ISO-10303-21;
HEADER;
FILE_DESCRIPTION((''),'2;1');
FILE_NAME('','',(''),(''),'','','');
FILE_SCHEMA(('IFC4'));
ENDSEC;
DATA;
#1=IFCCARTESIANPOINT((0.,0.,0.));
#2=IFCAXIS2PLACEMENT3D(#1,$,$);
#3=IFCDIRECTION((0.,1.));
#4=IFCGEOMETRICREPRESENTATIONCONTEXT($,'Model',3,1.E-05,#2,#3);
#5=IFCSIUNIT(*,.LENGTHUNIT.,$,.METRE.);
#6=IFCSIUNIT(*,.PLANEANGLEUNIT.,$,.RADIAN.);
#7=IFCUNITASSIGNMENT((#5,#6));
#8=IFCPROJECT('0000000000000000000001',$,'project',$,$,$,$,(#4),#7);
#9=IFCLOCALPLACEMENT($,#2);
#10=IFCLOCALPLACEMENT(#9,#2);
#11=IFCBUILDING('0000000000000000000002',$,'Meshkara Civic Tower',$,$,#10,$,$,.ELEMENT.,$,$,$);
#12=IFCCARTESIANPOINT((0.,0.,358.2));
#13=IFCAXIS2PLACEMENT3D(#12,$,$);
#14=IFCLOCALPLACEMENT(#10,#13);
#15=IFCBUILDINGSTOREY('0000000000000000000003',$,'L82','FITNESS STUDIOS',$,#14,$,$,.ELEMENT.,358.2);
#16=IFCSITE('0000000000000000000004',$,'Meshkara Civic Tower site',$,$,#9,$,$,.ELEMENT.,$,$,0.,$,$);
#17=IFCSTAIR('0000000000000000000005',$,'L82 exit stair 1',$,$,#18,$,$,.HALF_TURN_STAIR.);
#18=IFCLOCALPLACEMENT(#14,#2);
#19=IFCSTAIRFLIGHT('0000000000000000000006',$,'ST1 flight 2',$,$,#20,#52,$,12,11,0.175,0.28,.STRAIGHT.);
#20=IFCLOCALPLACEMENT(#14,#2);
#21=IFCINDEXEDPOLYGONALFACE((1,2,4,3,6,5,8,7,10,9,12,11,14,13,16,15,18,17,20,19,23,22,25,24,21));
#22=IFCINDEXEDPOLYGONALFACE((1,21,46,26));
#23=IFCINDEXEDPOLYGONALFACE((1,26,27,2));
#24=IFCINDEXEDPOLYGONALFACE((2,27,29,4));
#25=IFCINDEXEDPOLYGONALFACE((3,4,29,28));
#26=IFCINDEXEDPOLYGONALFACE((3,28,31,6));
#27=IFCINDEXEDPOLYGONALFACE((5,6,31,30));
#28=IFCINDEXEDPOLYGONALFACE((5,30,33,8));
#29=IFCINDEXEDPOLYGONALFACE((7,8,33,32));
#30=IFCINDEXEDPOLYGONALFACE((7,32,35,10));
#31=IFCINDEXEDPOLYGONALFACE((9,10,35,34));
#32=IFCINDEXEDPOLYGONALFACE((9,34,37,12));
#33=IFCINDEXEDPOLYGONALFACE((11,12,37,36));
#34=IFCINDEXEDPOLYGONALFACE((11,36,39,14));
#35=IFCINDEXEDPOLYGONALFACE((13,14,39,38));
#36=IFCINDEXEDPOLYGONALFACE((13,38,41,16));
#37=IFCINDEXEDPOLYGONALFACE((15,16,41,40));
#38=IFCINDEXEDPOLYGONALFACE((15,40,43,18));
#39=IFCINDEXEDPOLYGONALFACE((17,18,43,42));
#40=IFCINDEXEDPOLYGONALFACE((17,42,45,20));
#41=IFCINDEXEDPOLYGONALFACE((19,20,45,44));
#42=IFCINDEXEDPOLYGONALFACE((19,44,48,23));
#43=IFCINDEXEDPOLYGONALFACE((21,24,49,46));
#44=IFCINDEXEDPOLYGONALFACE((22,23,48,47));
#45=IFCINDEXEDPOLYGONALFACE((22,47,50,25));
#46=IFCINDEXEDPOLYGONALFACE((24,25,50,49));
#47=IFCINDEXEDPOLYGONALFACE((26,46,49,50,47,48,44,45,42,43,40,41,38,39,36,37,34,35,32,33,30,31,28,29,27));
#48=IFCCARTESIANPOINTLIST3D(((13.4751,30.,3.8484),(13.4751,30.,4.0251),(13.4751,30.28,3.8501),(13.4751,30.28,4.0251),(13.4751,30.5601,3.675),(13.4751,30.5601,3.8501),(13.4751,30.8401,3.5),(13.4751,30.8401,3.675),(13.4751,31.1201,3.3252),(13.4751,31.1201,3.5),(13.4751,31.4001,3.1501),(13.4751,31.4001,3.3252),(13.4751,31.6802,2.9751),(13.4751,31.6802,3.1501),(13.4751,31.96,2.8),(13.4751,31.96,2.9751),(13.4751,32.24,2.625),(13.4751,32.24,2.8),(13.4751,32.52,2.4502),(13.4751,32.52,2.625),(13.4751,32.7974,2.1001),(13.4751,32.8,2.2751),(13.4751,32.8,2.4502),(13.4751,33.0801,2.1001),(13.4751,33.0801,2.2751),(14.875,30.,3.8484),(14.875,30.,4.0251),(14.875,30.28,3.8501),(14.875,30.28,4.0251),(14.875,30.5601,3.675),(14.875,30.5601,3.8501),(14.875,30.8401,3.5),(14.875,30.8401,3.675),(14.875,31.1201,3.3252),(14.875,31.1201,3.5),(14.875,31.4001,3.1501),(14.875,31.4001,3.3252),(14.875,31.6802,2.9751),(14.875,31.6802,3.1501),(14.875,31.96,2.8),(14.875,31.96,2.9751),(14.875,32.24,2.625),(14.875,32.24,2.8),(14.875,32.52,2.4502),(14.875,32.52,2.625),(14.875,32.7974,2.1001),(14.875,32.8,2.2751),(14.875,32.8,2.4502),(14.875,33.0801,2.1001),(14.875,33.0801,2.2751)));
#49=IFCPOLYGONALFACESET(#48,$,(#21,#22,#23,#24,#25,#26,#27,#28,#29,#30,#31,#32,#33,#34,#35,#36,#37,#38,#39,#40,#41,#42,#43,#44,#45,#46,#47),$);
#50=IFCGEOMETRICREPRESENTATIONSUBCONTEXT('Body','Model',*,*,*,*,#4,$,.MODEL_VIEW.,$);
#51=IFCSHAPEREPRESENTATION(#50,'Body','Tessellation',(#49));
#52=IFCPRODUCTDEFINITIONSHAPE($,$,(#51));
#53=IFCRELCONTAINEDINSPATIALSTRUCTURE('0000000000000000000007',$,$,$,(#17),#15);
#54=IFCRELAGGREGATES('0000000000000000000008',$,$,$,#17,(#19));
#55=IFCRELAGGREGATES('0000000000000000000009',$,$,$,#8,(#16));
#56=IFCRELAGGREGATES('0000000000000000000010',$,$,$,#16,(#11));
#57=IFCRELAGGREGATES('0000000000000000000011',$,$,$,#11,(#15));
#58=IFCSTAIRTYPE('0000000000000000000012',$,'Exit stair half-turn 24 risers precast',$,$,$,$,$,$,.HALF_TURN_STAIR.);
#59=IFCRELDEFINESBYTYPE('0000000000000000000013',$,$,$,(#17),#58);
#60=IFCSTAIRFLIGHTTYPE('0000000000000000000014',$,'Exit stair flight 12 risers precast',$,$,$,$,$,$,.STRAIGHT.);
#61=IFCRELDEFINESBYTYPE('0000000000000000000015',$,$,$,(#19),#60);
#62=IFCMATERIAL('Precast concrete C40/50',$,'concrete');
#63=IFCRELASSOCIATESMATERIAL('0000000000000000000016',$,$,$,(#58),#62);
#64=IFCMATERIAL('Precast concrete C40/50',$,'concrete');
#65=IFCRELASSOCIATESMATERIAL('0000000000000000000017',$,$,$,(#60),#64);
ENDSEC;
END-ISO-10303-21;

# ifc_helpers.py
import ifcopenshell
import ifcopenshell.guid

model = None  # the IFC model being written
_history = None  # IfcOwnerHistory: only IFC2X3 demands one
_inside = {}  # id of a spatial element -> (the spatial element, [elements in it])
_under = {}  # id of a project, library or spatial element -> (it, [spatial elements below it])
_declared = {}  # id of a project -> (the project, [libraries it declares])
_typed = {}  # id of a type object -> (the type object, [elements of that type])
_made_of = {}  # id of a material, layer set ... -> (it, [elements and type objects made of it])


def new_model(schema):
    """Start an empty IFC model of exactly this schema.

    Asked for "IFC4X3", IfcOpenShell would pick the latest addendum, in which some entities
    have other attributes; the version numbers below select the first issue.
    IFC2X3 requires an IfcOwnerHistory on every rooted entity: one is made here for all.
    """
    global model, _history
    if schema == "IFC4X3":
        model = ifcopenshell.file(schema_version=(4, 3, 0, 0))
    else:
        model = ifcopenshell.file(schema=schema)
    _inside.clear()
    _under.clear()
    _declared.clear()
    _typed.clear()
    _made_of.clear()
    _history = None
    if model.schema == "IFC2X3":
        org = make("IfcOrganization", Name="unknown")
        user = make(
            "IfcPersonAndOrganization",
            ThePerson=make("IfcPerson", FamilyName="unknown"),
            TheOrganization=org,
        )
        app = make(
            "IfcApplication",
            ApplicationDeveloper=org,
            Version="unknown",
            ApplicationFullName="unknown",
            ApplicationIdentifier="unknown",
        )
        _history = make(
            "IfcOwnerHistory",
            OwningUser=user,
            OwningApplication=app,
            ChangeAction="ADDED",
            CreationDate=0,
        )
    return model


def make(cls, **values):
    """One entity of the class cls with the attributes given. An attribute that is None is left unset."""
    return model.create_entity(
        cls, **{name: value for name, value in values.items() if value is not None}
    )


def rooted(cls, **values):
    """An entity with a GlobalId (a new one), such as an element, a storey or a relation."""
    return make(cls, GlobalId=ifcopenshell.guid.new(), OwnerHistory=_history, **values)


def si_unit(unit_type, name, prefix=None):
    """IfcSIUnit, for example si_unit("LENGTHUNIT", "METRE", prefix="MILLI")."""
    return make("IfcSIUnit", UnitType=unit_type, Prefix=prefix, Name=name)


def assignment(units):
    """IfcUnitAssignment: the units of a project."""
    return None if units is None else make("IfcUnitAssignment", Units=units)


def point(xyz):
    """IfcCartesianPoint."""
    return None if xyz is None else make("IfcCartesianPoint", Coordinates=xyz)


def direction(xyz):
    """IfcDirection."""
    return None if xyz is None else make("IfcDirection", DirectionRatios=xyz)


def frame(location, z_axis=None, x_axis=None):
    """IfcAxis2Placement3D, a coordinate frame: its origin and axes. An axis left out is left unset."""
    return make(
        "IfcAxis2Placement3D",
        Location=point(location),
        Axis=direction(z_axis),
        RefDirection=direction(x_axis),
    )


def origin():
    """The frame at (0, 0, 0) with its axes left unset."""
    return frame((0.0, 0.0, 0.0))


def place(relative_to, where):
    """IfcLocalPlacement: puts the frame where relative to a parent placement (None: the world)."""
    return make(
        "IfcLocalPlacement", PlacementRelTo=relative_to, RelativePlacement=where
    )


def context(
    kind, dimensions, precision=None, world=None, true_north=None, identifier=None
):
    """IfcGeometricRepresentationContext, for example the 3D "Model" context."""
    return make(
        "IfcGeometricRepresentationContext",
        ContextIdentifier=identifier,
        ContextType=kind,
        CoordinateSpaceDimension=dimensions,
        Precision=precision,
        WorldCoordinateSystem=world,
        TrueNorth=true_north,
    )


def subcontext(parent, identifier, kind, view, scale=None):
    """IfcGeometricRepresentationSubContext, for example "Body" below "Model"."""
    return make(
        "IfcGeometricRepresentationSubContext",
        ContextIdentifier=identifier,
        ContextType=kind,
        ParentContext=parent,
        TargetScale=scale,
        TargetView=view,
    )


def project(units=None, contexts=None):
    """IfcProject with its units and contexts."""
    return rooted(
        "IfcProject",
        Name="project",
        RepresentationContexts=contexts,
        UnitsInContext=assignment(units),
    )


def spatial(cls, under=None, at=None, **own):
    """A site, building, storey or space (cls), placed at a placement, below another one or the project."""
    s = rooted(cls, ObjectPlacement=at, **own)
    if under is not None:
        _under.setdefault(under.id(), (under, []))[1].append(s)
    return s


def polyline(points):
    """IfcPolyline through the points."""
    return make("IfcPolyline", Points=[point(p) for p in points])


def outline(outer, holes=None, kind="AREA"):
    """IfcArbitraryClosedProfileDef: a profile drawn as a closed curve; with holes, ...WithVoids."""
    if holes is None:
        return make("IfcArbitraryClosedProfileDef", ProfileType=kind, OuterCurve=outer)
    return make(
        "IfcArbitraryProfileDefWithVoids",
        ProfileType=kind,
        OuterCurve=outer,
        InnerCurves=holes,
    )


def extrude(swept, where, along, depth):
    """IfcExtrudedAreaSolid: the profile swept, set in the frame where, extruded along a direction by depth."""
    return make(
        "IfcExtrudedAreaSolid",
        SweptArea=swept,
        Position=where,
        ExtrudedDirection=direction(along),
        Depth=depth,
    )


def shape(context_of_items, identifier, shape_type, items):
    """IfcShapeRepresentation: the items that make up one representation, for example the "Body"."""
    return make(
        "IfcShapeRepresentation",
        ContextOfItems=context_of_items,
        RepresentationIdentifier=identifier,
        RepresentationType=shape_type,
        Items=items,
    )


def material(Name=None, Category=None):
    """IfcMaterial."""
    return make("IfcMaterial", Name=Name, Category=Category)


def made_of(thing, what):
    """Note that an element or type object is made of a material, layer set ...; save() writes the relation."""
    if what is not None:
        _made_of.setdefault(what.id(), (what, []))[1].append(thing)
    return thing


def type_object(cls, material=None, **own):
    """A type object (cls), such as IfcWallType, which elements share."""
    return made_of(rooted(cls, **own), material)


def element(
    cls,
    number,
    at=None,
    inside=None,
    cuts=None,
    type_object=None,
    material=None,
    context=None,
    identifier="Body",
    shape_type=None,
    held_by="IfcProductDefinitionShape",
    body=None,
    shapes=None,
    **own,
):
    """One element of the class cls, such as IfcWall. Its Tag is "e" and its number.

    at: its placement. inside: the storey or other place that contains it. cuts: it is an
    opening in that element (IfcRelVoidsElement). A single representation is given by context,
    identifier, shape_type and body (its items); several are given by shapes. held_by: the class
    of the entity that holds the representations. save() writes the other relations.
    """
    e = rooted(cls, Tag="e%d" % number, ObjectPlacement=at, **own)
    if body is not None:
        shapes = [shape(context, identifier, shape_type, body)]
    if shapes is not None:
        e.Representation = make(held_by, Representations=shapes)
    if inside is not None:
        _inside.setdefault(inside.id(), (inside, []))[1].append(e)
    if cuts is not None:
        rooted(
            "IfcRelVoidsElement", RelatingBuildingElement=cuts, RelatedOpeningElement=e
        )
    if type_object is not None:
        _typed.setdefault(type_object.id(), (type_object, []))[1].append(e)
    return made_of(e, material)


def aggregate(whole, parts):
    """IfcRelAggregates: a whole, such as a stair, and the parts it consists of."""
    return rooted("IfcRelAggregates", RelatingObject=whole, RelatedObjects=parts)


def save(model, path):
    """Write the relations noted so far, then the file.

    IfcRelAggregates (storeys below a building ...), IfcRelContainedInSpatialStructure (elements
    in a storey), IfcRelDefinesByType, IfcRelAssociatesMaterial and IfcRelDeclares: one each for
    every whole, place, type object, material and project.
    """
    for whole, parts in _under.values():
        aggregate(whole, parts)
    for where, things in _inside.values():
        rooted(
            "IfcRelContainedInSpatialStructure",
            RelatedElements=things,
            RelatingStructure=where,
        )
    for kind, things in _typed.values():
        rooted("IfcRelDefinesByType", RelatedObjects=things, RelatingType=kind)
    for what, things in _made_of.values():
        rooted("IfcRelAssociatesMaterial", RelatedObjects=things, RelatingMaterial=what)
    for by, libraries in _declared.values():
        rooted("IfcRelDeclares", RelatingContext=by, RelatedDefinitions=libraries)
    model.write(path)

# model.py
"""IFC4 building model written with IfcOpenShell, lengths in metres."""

from ifc_helpers import new_model, si_unit, direction, frame, origin, place, context, subcontext, project, spatial, polyline, outline, extrude, material, type_object, element, aggregate, save


model = new_model("IFC4")

# Units and contexts
model_context = context("Model", 3, precision=1e-05, world=origin(), true_north=direction((0.0, 1.0)))
body_context = subcontext(model_context, "Body", "Model", "MODEL_VIEW")
ifc_project = project(units=[si_unit("LENGTHUNIT", "METRE"), si_unit("PLANEANGLEUNIT", "RADIAN")], contexts=[model_context])

# Site, building, storey
site_placement = place(None, origin())
site = spatial("IfcSite", under=ifc_project, at=site_placement, Name="Meshkara Civic Tower site", CompositionType="ELEMENT", RefElevation=0.0)
building_placement = place(site_placement, origin())
building = spatial("IfcBuilding", under=site, at=building_placement, Name="Meshkara Civic Tower", CompositionType="ELEMENT")
storey_placement = place(building_placement, frame((0.0, 0.0, 358.2)))
storey = spatial("IfcBuildingStorey", under=building, at=storey_placement, Name="L82", Description="FITNESS STUDIOS", CompositionType="ELEMENT", Elevation=358.2)

# Stair, stair flight
ifc_material_1 = material(Name="Precast concrete C40/50", Category="concrete")
stair_type = type_object("IfcStairType", Name="Exit stair half-turn 24 risers precast", PredefinedType="HALF_TURN_STAIR", material=ifc_material_1)
stair_placement = place(storey_placement, origin())
stair = element("IfcStair", 1, at=stair_placement, inside=storey, type_object=stair_type, Name="L82 exit stair 1", PredefinedType="HALF_TURN_STAIR")
ifc_material_2 = material(Name="Precast concrete C40/50", Category="concrete")
stair_flight_type = type_object("IfcStairFlightType", Name="Exit stair flight 12 risers precast", PredefinedType="STRAIGHT", material=ifc_material_2)
stair_flight_placement = place(storey_placement, frame((14.175, 33.0801, 2.1001), z_axis=(0.0, 0.0, 1.0), x_axis=(0.0, -1.0, 0.0)))
stair_flight = element("IfcStairFlight", 2, at=stair_flight_placement, type_object=stair_flight_type, Name="ST1 flight 2", NumberOfRisers=12, NumberOfTreads=11, PredefinedType="STRAIGHT", RiserHeight=0.175, TreadLength=0.28, context=body_context, shape_type="SweptSolid", body=[
    extrude(outline(polyline([(0.0, 0.0), (0.0, 0.175), (0.28, 0.175), (0.28, 0.3501), (0.5601, 0.3501), (0.5601, 0.5249), (0.8401, 0.5249), (0.8401, 0.7), (1.1201, 0.7), (1.1201, 0.875), (1.3999, 0.875), (1.3999, 1.05), (1.6799, 1.05), (1.6799, 1.2251), (1.96, 1.2251), (1.96, 1.3999), (2.24, 1.3999), (2.24, 1.575), (2.52, 1.575), (2.52, 1.75), (2.8, 1.75), (2.8, 1.925), (3.0801, 1.925), (3.0801, 2.1001), (3.0801, 1.7483), (0.2827, 0.0), (0.0, 0.0)])), frame((0.0, 0.7, 0.0), z_axis=(0.0, -1.0, 0.0), x_axis=(1.0, 0.0, 0.0)), (0.0, 0.0, 1.0), 1.3999),
])
aggregate(stair, [stair_flight])

save(model, "model.ifc")
